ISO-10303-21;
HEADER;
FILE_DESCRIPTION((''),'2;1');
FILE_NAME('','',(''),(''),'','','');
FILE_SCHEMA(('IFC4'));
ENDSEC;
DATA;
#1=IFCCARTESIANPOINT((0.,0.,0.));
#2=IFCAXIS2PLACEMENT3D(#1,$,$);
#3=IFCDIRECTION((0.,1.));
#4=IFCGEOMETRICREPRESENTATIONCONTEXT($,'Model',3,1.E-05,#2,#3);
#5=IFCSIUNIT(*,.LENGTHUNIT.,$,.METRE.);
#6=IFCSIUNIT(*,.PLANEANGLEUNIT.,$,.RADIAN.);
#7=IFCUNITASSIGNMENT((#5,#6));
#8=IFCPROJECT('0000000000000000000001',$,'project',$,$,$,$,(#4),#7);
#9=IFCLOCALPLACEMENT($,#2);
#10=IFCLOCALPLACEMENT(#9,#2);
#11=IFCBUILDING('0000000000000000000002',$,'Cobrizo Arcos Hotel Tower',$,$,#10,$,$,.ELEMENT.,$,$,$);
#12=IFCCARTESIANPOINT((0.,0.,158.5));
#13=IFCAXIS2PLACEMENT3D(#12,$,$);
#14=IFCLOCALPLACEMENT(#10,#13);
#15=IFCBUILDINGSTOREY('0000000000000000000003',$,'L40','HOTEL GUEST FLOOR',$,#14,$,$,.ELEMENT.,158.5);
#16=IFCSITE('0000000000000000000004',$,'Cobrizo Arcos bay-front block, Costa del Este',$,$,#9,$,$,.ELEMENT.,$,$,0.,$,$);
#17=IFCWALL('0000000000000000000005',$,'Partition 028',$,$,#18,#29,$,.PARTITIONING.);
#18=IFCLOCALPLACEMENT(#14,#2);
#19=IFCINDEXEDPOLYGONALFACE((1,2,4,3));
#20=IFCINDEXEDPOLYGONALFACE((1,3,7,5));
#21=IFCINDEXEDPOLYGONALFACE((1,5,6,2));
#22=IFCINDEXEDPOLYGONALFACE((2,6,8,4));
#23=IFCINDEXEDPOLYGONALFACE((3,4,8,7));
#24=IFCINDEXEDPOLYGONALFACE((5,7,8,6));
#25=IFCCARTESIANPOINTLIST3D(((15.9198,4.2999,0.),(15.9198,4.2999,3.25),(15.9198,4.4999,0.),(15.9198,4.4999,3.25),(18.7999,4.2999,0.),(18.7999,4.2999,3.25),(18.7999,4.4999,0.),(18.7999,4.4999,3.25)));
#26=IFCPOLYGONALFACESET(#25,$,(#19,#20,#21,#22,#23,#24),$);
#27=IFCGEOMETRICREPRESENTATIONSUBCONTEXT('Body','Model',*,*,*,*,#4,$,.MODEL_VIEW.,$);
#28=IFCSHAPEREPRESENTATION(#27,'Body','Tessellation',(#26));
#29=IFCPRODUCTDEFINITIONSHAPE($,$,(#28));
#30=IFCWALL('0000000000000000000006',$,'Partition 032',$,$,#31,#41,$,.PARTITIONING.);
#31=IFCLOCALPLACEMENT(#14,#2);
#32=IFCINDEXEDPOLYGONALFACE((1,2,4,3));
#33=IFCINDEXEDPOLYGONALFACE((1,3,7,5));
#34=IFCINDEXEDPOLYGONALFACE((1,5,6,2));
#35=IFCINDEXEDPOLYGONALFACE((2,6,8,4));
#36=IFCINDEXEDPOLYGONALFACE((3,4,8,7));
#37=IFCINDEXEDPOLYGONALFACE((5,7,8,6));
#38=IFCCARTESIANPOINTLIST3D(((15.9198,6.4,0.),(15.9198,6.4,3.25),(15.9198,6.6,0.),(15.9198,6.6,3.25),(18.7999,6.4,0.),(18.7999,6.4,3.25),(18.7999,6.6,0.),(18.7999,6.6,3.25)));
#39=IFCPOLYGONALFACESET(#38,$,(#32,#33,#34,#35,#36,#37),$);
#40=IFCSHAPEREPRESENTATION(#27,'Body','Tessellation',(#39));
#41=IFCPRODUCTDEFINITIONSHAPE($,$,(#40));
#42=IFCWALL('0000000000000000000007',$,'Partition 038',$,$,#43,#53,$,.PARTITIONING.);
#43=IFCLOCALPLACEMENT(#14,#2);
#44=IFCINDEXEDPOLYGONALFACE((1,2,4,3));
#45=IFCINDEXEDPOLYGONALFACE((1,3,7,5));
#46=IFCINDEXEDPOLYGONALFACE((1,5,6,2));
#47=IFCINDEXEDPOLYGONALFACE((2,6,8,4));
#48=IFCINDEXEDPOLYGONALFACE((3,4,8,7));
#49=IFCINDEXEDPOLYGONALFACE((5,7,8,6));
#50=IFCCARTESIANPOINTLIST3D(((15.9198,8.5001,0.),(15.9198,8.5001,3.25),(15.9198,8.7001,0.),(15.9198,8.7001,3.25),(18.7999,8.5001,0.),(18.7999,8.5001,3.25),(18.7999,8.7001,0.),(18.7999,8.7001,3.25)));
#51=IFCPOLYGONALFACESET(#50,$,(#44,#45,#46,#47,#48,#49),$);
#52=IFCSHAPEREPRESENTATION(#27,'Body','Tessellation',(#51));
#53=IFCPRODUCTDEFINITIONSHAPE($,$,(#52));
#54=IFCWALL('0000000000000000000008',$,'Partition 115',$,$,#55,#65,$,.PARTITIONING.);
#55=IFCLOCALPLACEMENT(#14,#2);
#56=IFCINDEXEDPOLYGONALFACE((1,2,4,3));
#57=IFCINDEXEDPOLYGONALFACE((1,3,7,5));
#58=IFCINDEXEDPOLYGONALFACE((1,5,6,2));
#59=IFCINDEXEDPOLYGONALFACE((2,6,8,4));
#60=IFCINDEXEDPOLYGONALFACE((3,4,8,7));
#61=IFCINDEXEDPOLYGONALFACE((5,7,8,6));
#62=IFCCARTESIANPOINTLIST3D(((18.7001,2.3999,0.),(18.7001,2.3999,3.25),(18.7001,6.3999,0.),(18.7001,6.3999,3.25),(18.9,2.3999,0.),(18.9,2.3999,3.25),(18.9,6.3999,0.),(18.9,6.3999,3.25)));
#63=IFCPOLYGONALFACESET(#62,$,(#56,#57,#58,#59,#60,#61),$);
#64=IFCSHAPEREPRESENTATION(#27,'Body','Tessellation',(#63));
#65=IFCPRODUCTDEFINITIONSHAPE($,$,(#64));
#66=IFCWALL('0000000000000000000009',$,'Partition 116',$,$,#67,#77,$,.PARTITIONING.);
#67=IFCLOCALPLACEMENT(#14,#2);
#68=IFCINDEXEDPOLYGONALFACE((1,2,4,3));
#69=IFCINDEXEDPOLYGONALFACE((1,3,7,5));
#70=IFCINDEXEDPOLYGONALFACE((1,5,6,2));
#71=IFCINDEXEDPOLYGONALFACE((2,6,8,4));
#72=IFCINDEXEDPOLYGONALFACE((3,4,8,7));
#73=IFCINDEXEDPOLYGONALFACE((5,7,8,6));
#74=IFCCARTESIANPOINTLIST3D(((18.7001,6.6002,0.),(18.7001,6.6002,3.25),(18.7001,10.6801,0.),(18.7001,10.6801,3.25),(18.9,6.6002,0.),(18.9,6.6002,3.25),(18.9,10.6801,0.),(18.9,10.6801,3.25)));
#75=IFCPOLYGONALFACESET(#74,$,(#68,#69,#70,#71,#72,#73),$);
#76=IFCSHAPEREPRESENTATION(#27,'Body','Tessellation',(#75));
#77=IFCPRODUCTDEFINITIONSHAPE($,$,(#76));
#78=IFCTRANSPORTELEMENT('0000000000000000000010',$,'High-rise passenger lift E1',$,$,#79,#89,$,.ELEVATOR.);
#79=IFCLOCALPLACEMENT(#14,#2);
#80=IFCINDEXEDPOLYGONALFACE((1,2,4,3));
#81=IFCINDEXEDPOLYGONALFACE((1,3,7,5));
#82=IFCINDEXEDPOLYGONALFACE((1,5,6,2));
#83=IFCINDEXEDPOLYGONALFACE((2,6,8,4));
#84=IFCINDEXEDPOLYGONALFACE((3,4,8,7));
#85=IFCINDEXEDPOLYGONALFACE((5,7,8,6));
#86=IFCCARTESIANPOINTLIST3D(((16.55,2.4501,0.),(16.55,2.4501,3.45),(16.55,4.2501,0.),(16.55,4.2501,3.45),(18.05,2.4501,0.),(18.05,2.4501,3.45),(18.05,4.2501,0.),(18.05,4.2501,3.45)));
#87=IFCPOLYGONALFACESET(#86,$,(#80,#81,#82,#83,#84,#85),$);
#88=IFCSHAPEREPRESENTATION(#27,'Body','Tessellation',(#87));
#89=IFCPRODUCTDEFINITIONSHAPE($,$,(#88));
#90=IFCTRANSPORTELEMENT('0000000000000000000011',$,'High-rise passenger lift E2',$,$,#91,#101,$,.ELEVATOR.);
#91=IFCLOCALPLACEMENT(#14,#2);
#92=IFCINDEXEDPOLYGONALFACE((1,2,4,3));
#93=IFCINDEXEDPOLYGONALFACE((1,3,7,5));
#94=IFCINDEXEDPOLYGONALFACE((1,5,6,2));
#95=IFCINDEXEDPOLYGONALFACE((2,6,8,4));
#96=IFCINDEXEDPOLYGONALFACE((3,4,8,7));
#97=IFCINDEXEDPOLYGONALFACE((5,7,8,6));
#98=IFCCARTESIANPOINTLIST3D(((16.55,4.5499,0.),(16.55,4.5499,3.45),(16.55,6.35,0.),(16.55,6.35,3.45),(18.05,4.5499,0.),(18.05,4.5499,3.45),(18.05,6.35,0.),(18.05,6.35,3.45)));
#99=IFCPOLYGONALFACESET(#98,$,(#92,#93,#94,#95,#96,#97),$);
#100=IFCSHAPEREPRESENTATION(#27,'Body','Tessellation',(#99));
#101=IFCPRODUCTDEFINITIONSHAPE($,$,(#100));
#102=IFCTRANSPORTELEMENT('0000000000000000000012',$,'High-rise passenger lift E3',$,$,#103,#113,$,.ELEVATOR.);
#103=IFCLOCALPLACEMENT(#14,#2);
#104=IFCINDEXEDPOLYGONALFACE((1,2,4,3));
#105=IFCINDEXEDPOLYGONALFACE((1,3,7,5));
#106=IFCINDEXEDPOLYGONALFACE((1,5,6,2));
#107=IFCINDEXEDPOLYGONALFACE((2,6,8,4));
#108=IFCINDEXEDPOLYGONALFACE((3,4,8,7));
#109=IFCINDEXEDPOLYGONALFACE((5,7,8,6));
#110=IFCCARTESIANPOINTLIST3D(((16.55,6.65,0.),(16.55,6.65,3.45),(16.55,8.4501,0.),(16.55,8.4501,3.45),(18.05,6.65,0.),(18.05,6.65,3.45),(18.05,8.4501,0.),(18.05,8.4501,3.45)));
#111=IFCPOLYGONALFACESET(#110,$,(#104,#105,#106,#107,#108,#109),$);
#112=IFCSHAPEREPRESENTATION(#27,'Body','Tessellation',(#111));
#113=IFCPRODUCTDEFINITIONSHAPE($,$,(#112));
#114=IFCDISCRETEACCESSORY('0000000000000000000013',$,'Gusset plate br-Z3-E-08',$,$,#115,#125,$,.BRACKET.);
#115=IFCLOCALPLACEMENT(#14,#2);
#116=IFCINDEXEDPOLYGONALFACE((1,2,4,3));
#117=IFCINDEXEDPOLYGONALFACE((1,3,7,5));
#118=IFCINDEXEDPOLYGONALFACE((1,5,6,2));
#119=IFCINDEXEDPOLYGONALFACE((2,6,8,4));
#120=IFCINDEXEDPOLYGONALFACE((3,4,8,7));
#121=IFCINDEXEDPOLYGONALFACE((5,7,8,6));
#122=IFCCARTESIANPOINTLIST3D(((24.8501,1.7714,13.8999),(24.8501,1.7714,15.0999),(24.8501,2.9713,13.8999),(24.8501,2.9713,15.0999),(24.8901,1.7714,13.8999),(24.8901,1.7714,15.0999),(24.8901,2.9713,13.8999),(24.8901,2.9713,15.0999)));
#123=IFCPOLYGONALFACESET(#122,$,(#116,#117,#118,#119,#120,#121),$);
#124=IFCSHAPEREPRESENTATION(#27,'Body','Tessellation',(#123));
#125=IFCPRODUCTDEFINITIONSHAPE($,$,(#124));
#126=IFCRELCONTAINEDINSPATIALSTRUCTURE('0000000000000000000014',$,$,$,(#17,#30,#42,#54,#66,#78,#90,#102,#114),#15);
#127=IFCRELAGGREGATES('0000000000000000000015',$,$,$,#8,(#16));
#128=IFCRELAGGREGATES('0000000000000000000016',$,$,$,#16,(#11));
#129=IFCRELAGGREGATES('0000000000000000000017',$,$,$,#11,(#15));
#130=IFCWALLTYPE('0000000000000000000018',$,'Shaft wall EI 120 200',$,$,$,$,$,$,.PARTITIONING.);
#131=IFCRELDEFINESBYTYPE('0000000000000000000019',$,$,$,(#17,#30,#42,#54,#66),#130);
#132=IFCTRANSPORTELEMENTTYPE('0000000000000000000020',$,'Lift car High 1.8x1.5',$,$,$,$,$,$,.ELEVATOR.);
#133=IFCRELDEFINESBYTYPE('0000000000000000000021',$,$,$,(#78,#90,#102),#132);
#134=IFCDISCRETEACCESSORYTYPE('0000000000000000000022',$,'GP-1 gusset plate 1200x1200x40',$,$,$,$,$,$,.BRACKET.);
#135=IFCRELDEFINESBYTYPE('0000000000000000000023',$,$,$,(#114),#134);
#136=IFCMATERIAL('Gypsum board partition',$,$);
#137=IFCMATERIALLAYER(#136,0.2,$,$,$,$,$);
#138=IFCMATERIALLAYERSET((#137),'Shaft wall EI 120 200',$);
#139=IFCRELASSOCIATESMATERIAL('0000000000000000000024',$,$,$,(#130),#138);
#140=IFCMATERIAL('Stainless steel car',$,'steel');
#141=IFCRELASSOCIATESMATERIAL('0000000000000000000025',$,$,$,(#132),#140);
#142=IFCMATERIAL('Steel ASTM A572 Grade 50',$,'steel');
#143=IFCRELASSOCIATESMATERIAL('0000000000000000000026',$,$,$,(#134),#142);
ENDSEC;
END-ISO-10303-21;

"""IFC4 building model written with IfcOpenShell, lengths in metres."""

from ifc_helpers import new_model, si_unit, direction, frame, frame_2d, origin, origin_2d, place, context, subcontext, project, spatial, rectangle, extrude, material, layer, layer_set, type_object, element, save


model = new_model("IFC4")

# Units and contexts
model_context = context("Model", 3, precision=1e-05, world=origin(), true_north=direction((0.0, 1.0)))
body_context = subcontext(model_context, "Body", "Model", "MODEL_VIEW")
ifc_project = project(units=[si_unit("LENGTHUNIT", "METRE"), si_unit("PLANEANGLEUNIT", "RADIAN")], contexts=[model_context])

# Site, building, storey
site_placement = place(None, origin())
site = spatial("IfcSite", under=ifc_project, at=site_placement, Name="Cobrizo Arcos bay-front block, Costa del Este", CompositionType="ELEMENT", RefElevation=0.0)
building_placement = place(site_placement, origin())
building = spatial("IfcBuilding", under=site, at=building_placement, Name="Cobrizo Arcos Hotel Tower", CompositionType="ELEMENT")
storey_placement = place(building_placement, frame((0.0, 0.0, 158.5)))
storey = spatial("IfcBuildingStorey", under=building, at=storey_placement, Name="L40", Description="HOTEL GUEST FLOOR", CompositionType="ELEMENT", Elevation=158.5)

# Shared definitions
ifc_material_1 = material(Name="Gypsum board partition")

# Shared definitions
ifc_layer_1 = layer(ifc_material_1, 0.2)
ifc_layer_set_1 = layer_set([ifc_layer_1], Name="Shaft wall EI 120 200")
wall_type_1 = type_object("IfcWallType", Name="Shaft wall EI 120 200", PredefinedType="PARTITIONING", material=ifc_layer_set_1)

# Walls
for number, where, z_axis, x_axis, name in (
    (1, (15.9199, 4.3999, 0.0), (0.0, 0.0, 1.0), (1.0, 0.0, 0.0), "Partition 028"),
    (2, (15.9199, 6.5, 0.0), (0.0, 0.0, 1.0), (1.0, 0.0, 0.0), "Partition 032"),
    (3, (15.9199, 8.6001, 0.0), (0.0, 0.0, 1.0), (1.0, 0.0, 0.0), "Partition 038"),
):
    element("IfcWall", number, at=place(storey_placement, frame(where, z_axis=z_axis, x_axis=x_axis)), inside=storey, type_object=wall_type_1, Name=name, PredefinedType="PARTITIONING", context=body_context, shape_type="SweptSolid", body=[
        extrude(rectangle(XDim=2.8801, YDim=0.2, at=frame_2d((1.4399, 0.0))), origin(), (0.0, 0.0, 1.0), 3.25),
    ])
wall_1_placement = place(storey_placement, frame((18.8, 2.3999, 0.0), z_axis=(0.0, 0.0, 1.0), x_axis=(0.0, 1.0, 0.0)))
element("IfcWall", 4, at=wall_1_placement, inside=storey, type_object=wall_type_1, Name="Partition 115", PredefinedType="PARTITIONING", context=body_context, shape_type="SweptSolid", body=[
    extrude(rectangle(XDim=4.0, YDim=0.2, at=frame_2d((2.0, 0.0))), origin(), (0.0, 0.0, 1.0), 3.25),
])
wall_2_placement = place(storey_placement, frame((18.8, 6.6001, 0.0), z_axis=(0.0, 0.0, 1.0), x_axis=(0.0, 1.0, 0.0)))
element("IfcWall", 5, at=wall_2_placement, inside=storey, type_object=wall_type_1, Name="Partition 116", PredefinedType="PARTITIONING", context=body_context, shape_type="SweptSolid", body=[
    extrude(rectangle(XDim=4.0798, YDim=0.2, at=frame_2d((2.04, 0.0))), origin(), (0.0, 0.0, 1.0), 3.25),
])

# Transport elements
ifc_material_2 = material(Name="Stainless steel car", Category="steel")
transport_element_type = type_object("IfcTransportElementType", Name="Lift car High 1.8x1.5", PredefinedType="ELEVATOR", material=ifc_material_2)
for number, where, z_axis, x_axis, name in (
    (6, (17.3, 3.3501, 0.0), (0.0, 0.0, 1.0), (1.0, 0.0, 0.0), "High-rise passenger lift E1"),
    (7, (17.3, 5.45, 0.0), (0.0, 0.0, 1.0), (1.0, 0.0, 0.0), "High-rise passenger lift E2"),
    (8, (17.3, 7.55, 0.0), (0.0, 0.0, 1.0), (1.0, 0.0, 0.0), "High-rise passenger lift E3"),
):
    element("IfcTransportElement", number, at=place(storey_placement, frame(where, z_axis=z_axis, x_axis=x_axis)), inside=storey, type_object=transport_element_type, Name=name, PredefinedType="ELEVATOR", context=body_context, shape_type="SweptSolid", body=[
        extrude(rectangle(XDim=1.5, YDim=1.8, at=origin_2d()), origin(), (0.0, 0.0, 1.0), 3.45),
    ])

# Discrete accessory
ifc_material_3 = material(Name="Steel ASTM A572 Grade 50", Category="steel")
discrete_accessory_type = type_object("IfcDiscreteAccessoryType", Name="GP-1 gusset plate 1200x1200x40", PredefinedType="BRACKET", material=ifc_material_3)
discrete_accessory_placement = place(storey_placement, frame((24.8701, 2.3713, 13.8999), z_axis=(0.0, 0.0, 1.0), x_axis=(1.0, 0.0, 0.0)))
element("IfcDiscreteAccessory", 9, at=discrete_accessory_placement, inside=storey, type_object=discrete_accessory_type, Name="Gusset plate br-Z3-E-08", PredefinedType="BRACKET", context=body_context, shape_type="SweptSolid", body=[
    extrude(rectangle(XDim=0.04, YDim=1.2, at=origin_2d()), origin(), (0.0, 0.0, 1.0), 1.2),
])

save(model, "model.ifc")
